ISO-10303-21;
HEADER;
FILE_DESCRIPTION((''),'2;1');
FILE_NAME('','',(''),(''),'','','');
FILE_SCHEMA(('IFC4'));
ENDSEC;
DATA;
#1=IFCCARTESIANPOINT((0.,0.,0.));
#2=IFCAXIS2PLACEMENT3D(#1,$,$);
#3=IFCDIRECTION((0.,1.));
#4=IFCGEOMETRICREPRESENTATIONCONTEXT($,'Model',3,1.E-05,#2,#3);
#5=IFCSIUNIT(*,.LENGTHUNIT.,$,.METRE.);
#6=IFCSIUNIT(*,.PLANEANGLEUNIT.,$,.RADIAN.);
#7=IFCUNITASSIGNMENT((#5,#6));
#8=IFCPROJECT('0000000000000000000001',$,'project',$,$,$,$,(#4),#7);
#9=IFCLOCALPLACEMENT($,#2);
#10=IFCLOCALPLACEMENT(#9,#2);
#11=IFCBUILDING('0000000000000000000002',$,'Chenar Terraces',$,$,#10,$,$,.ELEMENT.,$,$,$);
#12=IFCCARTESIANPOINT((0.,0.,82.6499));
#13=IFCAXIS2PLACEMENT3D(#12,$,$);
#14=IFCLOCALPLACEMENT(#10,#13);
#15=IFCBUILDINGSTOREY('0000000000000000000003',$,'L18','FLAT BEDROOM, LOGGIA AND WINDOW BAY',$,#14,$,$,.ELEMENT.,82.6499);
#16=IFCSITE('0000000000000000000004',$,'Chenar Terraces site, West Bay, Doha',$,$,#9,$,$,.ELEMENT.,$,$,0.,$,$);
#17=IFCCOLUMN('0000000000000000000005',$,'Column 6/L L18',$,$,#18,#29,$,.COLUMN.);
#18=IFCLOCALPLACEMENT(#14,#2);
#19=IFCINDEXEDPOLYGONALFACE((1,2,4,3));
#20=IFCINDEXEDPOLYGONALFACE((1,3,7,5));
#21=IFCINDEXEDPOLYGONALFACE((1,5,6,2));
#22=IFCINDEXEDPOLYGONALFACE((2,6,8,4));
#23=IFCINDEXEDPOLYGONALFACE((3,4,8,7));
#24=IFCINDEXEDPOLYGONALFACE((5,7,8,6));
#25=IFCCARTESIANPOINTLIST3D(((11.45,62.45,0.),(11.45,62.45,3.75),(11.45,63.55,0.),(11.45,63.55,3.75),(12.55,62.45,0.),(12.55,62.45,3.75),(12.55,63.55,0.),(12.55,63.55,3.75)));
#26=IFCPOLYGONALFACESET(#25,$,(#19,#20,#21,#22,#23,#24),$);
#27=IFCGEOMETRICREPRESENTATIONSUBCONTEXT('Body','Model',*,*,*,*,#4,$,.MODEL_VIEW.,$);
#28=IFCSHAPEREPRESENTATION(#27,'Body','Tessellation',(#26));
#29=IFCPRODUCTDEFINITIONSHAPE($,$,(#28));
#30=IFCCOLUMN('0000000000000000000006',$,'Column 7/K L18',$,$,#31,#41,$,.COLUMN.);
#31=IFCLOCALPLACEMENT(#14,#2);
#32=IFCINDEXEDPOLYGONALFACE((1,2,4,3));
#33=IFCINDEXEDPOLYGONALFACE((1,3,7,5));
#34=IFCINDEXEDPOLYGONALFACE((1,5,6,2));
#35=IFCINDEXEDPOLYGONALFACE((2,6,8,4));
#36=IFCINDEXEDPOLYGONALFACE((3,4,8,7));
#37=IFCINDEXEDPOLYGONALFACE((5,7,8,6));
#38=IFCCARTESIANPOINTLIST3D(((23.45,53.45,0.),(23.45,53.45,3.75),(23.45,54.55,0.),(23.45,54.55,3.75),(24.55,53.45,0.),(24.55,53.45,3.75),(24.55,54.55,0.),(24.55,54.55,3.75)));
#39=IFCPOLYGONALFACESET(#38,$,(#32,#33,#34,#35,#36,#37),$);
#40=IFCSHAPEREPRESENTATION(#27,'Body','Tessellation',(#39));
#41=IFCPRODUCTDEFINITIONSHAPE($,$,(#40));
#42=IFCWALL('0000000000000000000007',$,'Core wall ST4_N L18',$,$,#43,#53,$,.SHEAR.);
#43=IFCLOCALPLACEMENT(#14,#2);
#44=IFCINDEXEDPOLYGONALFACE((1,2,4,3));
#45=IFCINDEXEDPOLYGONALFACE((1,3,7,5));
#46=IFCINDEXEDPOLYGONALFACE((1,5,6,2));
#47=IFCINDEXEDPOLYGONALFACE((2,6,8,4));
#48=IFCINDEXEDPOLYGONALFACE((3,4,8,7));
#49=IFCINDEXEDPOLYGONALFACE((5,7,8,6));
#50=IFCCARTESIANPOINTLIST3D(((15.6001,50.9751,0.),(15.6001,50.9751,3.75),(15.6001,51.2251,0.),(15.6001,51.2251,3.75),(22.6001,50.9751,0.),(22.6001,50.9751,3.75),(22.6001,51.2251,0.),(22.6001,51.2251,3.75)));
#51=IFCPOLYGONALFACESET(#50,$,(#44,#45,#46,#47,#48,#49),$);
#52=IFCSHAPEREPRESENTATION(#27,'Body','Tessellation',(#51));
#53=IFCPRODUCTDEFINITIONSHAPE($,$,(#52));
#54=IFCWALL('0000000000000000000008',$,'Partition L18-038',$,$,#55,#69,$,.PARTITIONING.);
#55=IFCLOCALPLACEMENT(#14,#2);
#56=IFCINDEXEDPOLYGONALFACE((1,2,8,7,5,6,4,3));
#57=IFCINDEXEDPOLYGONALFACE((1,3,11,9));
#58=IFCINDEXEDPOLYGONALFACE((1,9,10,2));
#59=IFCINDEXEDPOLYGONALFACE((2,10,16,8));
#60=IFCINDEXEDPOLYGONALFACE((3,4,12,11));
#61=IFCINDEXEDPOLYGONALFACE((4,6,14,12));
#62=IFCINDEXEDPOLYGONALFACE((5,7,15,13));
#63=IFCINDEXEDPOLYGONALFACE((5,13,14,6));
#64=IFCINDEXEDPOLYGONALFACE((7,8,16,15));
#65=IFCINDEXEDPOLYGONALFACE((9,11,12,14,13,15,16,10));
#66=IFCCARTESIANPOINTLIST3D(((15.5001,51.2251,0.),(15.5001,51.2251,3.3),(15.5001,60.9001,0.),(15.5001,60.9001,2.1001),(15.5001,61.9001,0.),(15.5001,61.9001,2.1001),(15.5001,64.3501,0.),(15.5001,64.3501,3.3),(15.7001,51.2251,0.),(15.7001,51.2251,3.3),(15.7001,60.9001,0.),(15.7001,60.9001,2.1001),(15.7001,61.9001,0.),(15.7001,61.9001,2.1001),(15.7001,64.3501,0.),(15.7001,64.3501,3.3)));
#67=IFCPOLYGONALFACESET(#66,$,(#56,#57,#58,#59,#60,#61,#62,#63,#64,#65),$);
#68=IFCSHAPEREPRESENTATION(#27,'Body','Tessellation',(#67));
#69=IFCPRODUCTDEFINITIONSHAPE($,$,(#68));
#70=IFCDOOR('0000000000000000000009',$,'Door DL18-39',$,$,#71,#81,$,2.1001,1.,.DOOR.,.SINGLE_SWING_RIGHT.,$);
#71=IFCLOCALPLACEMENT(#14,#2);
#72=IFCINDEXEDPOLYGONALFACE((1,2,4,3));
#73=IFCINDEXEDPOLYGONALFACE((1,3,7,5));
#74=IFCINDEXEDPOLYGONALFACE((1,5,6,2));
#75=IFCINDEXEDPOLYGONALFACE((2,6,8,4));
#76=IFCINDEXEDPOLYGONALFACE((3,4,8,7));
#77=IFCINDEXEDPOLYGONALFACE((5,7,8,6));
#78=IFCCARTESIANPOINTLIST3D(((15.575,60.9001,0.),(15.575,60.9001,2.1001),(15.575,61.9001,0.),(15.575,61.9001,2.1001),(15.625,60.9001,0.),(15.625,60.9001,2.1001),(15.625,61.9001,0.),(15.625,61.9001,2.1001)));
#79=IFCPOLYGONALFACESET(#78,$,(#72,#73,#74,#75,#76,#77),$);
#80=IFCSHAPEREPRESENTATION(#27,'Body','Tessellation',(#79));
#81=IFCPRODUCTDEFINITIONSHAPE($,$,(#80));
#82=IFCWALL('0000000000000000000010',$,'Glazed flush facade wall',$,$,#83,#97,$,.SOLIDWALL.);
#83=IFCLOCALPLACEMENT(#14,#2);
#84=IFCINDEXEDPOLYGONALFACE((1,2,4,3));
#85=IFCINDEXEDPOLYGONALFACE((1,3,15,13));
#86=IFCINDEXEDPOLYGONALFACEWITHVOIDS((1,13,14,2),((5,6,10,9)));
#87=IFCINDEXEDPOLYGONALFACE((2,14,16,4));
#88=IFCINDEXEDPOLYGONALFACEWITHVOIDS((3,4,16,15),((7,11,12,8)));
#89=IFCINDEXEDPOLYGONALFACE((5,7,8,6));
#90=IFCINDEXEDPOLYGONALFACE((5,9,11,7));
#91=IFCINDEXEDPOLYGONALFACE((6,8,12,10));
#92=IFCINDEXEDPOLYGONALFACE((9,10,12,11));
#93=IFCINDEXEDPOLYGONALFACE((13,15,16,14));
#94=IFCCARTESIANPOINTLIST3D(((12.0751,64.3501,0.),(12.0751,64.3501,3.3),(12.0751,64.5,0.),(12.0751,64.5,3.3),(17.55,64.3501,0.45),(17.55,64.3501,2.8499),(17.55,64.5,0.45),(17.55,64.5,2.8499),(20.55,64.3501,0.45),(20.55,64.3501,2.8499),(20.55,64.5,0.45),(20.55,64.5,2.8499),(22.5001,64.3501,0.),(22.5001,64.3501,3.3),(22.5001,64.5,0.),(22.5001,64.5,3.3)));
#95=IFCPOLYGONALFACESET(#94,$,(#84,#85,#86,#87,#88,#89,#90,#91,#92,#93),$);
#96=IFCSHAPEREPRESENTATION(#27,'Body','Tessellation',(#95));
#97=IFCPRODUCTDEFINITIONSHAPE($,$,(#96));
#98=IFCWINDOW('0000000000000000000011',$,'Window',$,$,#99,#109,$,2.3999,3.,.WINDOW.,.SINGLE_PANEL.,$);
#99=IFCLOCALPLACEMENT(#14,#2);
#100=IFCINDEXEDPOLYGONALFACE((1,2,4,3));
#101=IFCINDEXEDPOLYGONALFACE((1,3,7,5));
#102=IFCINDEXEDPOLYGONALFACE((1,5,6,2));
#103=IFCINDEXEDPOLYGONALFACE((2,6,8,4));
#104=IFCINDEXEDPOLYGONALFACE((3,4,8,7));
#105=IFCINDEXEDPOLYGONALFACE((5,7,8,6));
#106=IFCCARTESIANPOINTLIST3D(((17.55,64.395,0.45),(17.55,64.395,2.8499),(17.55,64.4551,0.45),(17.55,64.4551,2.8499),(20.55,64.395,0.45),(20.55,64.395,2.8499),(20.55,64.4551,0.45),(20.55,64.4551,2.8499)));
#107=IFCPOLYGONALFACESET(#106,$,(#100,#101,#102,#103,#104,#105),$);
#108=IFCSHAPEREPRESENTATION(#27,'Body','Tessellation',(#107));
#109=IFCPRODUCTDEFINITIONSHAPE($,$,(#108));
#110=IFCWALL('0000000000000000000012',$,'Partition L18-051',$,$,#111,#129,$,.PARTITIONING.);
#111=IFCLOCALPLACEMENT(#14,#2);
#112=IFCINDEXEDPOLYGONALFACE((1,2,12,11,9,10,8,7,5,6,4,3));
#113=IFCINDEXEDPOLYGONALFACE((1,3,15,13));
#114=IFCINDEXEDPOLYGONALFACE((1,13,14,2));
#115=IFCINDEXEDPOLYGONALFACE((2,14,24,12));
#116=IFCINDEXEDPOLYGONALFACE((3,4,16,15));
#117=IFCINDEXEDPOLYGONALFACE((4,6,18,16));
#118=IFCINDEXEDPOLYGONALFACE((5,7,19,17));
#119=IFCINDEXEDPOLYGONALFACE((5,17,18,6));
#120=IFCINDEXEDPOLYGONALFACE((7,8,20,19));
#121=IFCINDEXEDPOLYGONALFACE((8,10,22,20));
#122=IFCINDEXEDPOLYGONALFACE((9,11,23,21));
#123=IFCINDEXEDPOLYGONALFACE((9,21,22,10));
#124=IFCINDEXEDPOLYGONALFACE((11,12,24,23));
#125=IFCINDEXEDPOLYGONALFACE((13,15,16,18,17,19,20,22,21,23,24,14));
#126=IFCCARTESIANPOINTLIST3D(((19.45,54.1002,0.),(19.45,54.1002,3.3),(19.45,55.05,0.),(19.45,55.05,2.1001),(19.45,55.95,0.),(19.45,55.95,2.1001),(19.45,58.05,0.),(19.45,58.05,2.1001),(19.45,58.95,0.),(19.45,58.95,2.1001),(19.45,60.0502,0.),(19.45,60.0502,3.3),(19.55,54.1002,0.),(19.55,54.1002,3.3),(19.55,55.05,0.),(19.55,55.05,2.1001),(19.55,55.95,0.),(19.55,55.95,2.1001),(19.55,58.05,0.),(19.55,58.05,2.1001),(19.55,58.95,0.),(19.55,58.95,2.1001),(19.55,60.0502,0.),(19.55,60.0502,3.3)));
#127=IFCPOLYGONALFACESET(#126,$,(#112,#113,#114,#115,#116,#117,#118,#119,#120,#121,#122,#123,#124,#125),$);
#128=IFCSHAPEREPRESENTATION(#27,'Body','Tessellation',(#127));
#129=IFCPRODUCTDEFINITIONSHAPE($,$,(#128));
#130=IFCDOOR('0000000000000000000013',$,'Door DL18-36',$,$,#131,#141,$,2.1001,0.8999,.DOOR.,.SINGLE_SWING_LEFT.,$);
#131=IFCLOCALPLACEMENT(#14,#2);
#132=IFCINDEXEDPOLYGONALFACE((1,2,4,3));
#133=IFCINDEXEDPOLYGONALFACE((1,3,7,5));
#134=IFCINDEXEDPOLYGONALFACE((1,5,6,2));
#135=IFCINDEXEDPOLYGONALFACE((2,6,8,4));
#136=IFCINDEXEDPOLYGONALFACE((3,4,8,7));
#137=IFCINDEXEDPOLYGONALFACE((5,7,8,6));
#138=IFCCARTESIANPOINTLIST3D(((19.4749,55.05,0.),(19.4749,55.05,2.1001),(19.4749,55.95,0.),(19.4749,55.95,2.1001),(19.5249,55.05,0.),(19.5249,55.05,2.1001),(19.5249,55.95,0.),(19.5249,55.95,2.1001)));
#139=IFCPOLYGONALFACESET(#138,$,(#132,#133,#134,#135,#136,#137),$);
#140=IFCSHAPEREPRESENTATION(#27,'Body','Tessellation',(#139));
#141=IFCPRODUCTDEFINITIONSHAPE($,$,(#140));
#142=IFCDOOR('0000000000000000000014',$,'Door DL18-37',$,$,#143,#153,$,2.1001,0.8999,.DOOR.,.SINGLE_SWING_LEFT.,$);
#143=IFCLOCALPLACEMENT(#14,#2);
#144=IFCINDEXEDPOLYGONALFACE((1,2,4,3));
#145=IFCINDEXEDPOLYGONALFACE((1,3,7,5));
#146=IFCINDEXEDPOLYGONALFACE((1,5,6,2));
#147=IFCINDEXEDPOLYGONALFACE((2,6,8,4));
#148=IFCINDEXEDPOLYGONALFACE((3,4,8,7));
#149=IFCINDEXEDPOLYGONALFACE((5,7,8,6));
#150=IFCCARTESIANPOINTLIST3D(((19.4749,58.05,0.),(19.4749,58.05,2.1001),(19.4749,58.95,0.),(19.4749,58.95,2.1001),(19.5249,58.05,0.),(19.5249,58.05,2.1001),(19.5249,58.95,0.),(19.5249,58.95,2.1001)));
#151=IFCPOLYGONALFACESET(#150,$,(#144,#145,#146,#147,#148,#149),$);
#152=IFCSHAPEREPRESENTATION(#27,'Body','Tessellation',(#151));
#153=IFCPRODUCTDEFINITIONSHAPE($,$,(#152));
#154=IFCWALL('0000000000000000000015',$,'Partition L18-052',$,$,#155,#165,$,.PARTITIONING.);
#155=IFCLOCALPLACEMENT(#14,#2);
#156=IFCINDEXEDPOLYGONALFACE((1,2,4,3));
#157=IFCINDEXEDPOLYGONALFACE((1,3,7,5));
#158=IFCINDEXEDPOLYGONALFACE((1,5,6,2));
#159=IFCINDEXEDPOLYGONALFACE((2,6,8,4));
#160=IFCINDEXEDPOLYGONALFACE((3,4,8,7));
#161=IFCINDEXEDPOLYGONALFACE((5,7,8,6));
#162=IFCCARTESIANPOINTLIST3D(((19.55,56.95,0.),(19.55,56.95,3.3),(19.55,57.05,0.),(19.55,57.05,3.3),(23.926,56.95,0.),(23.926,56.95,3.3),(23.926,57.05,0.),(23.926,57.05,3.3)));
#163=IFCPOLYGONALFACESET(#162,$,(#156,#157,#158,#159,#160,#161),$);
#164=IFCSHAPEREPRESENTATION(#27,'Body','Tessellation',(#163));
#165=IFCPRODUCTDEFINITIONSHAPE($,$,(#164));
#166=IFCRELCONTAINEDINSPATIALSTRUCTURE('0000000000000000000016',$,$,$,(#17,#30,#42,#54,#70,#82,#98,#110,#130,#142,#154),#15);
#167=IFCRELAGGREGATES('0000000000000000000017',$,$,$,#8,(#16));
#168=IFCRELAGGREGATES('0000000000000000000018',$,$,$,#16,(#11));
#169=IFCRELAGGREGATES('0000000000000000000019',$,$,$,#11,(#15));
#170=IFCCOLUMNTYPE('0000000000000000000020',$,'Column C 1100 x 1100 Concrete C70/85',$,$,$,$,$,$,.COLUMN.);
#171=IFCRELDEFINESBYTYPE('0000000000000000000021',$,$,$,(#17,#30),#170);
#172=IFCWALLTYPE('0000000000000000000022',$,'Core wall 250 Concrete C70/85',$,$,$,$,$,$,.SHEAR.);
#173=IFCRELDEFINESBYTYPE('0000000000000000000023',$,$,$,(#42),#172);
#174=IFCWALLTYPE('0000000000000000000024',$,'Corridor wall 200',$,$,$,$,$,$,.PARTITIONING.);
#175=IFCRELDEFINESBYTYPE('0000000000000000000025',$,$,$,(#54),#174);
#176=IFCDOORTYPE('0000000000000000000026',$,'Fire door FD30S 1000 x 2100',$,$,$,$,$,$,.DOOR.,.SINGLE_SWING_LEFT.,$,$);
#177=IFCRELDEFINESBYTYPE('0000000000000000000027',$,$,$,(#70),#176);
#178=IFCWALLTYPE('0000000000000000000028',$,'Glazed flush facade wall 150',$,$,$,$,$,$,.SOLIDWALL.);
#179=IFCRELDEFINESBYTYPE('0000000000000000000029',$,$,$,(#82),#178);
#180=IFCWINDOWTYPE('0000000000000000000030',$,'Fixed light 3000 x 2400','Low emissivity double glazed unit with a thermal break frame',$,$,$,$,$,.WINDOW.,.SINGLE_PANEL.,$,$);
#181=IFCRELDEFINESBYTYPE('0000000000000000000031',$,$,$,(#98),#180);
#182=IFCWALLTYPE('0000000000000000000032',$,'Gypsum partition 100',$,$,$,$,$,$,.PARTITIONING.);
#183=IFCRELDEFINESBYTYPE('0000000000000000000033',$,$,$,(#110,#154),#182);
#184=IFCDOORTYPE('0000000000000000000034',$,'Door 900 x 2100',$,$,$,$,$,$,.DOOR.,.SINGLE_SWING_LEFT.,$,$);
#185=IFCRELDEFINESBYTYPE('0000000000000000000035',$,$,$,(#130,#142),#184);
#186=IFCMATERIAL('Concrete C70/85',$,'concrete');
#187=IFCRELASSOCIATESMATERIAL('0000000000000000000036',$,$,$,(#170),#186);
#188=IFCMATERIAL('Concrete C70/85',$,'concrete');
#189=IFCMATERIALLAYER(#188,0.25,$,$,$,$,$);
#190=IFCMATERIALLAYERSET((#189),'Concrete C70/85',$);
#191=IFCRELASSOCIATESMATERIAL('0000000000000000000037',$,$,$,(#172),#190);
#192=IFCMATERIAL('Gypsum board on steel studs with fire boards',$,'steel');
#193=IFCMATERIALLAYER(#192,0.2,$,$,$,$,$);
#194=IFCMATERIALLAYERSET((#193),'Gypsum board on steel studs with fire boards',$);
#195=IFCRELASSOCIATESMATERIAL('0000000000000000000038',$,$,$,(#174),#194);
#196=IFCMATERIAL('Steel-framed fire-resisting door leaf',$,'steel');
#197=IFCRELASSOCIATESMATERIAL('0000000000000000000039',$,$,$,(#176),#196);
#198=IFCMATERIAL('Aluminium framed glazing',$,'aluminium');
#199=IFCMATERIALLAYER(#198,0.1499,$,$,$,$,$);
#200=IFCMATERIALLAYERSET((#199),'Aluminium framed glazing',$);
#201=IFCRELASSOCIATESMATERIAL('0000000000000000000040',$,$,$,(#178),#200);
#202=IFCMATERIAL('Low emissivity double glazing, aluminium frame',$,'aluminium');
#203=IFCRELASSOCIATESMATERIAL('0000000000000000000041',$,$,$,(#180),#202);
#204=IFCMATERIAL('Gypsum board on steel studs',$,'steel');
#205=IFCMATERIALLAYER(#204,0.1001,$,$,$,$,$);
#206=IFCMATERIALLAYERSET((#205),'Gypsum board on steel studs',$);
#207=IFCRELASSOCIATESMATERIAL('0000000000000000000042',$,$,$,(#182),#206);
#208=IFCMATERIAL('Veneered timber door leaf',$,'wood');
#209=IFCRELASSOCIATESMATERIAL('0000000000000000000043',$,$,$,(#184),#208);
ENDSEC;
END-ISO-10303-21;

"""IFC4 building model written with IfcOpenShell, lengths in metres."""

from ifc_helpers import new_model, si_unit, direction, frame, frame_2d, origin, origin_2d, place, context, subcontext, project, spatial, rectangle, extrude, material, layer, layer_set, material_profile, profile_set, type_object, element, fill, save


model = new_model("IFC4")

# Units and contexts
model_context = context("Model", 3, precision=1e-05, world=origin(), true_north=direction((0.0, 1.0)))
body_context = subcontext(model_context, "Body", "Model", "MODEL_VIEW")
ifc_project = project(units=[si_unit("LENGTHUNIT", "METRE"), si_unit("PLANEANGLEUNIT", "RADIAN")], contexts=[model_context])

# Site, building, storey
site_placement = place(None, origin())
site = spatial("IfcSite", under=ifc_project, at=site_placement, Name="Chenar Terraces site, West Bay, Doha", CompositionType="ELEMENT", RefElevation=0.0)
building_placement = place(site_placement, origin())
building = spatial("IfcBuilding", under=site, at=building_placement, Name="Chenar Terraces", CompositionType="ELEMENT")
storey_placement = place(building_placement, frame((0.0, 0.0, 82.6499)))
storey = spatial("IfcBuildingStorey", under=building, at=storey_placement, Name="L18", Description="FLAT BEDROOM, LOGGIA AND WINDOW BAY", CompositionType="ELEMENT", Elevation=82.6499)

# Columns
ifc_material_1 = material(Name="Concrete C70/85", Category="concrete")
ifc_material_profile = material_profile(ifc_material_1, rectangle(XDim=1.1001, YDim=1.1001, at=origin_2d()), Name="C 1100 x 1100")
ifc_profile_set = profile_set([ifc_material_profile], Name="Concrete C70/85")
column_type = type_object("IfcColumnType", Name="Column C 1100 x 1100 Concrete C70/85", PredefinedType="COLUMN", material=ifc_profile_set)
for number, where, z_axis, x_axis, name in (
    (1, (12.0, 63.0, 0.0), (0.0, 0.0, 1.0), (1.0, 0.0, 0.0), "Column 6/L L18"),
    (2, (24.0, 54.0, 0.0), (0.0, 0.0, 1.0), (1.0, 0.0, 0.0), "Column 7/K L18"),
):
    element("IfcColumn", number, at=place(storey_placement, frame(where, z_axis=z_axis, x_axis=x_axis)), inside=storey, type_object=column_type, Name=name, PredefinedType="COLUMN", context=body_context, shape_type="SweptSolid", body=[
        extrude(rectangle(XDim=1.1001, YDim=1.1001, at=origin_2d()), origin(), (0.0, 0.0, 1.0), 3.75),
    ])

# Wall
ifc_material_2 = material(Name="Concrete C70/85", Category="concrete")
ifc_layer_1 = layer(ifc_material_2, 0.25)
ifc_layer_set_1 = layer_set([ifc_layer_1], Name="Concrete C70/85")
wall_type_1 = type_object("IfcWallType", Name="Core wall 250 Concrete C70/85", PredefinedType="SHEAR", material=ifc_layer_set_1)
wall_1_placement = place(storey_placement, frame((15.6001, 51.1001, 0.0), z_axis=(0.0, 0.0, 1.0), x_axis=(1.0, 0.0, 0.0)))
element("IfcWall", 3, at=wall_1_placement, inside=storey, type_object=wall_type_1, Name="Core wall ST4_N L18", PredefinedType="SHEAR", context=body_context, shape_type="SweptSolid", body=[
    extrude(rectangle(XDim=7.0, YDim=0.25, at=frame_2d((3.5, 0.0))), origin(), (0.0, 0.0, 1.0), 3.75),
])

# Wall, opening, door
ifc_material_3 = material(Name="Gypsum board on steel studs with fire boards", Category="steel")
ifc_layer_2 = layer(ifc_material_3, 0.2)
ifc_layer_set_2 = layer_set([ifc_layer_2], Name="Gypsum board on steel studs with fire boards")
wall_type_2 = type_object("IfcWallType", Name="Corridor wall 200", PredefinedType="PARTITIONING", material=ifc_layer_set_2)
wall_2_placement = place(storey_placement, frame((15.6001, 51.2251, 0.0), z_axis=(0.0, 0.0, 1.0), x_axis=(0.0, 1.0, 0.0)))
wall_2 = element("IfcWall", 4, at=wall_2_placement, inside=storey, type_object=wall_type_2, Name="Partition L18-038", PredefinedType="PARTITIONING", context=body_context, shape_type="SweptSolid", body=[
    extrude(rectangle(XDim=13.125, YDim=0.2, at=frame_2d((6.5625, 0.0))), origin(), (0.0, 0.0, 1.0), 3.3),
])
opening_1_placement = place(wall_2_placement, frame((9.675, 0.0, 0.0)))
opening_1 = element("IfcOpeningElement", 5, at=opening_1_placement, cuts=wall_2, PredefinedType="OPENING", context=body_context, shape_type="SweptSolid", body=[
    extrude(rectangle(XDim=1.0, YDim=2.1001, at=frame_2d((0.5, 1.05))), frame((0.0, 0.1099, 0.0), z_axis=(0.0, -1.0, 0.0), x_axis=(1.0, 0.0, 0.0)), (0.0, 0.0, 1.0), 0.22),
])
ifc_material_4 = material(Name="Steel-framed fire-resisting door leaf", Category="steel")
door_type_1 = type_object("IfcDoorType", Name="Fire door FD30S 1000 x 2100", OperationType="SINGLE_SWING_LEFT", PredefinedType="DOOR", material=ifc_material_4)
door_1_placement = place(opening_1_placement, frame((1.0, 0.0, 0.0), z_axis=(0.0, 0.0, 1.0), x_axis=(-1.0, 0.0, 0.0)))
door_1 = element("IfcDoor", 6, at=door_1_placement, inside=storey, type_object=door_type_1, Name="Door DL18-39", OperationType="SINGLE_SWING_RIGHT", OverallHeight=2.1001, OverallWidth=1.0, PredefinedType="DOOR", context=body_context, shape_type="SweptSolid", body=[
    extrude(rectangle(XDim=1.0, YDim=2.1001, at=frame_2d((0.5, 1.05))), frame((0.0, 0.0249, 0.0), z_axis=(0.0, -1.0, 0.0), x_axis=(1.0, 0.0, 0.0)), (0.0, 0.0, 1.0), 0.05),
])
fill(opening_1, door_1)

# Wall, opening, window
ifc_material_5 = material(Name="Aluminium framed glazing", Category="aluminium")
ifc_layer_3 = layer(ifc_material_5, 0.1499)
ifc_layer_set_3 = layer_set([ifc_layer_3], Name="Aluminium framed glazing")
wall_type_3 = type_object("IfcWallType", Name="Glazed flush facade wall 150", PredefinedType="SOLIDWALL", material=ifc_layer_set_3)
wall_3_placement = place(storey_placement, frame((22.5, 64.425, 0.0), z_axis=(0.0, 0.0, 1.0), x_axis=(-1.0, 0.0, 0.0)))
wall_3 = element("IfcWall", 7, at=wall_3_placement, inside=storey, type_object=wall_type_3, Name="Glazed flush facade wall", PredefinedType="SOLIDWALL", context=body_context, shape_type="SweptSolid", body=[
    extrude(rectangle(XDim=10.425, YDim=0.1499, at=frame_2d((5.2124, 0.0))), origin(), (0.0, 0.0, 1.0), 3.3),
])
opening_2_placement = place(wall_3_placement, frame((1.95, 0.0, 0.45)))
opening_2 = element("IfcOpeningElement", 8, at=opening_2_placement, cuts=wall_3, PredefinedType="OPENING", context=body_context, shape_type="SweptSolid", body=[
    extrude(rectangle(XDim=3.0, YDim=2.3999, at=frame_2d((1.5, 1.2))), frame((0.0, 0.085, 0.0), z_axis=(0.0, -1.0, 0.0), x_axis=(1.0, 0.0, 0.0)), (0.0, 0.0, 1.0), 0.1699),
])
ifc_material_6 = material(Name="Low emissivity double glazing, aluminium frame", Category="aluminium")
window_type = type_object("IfcWindowType", Name="Fixed light 3000 x 2400", Description="Low emissivity double glazed unit with a thermal break frame", PartitioningType="SINGLE_PANEL", PredefinedType="WINDOW", material=ifc_material_6)
window_placement = place(opening_2_placement, origin())
window = element("IfcWindow", 9, at=window_placement, inside=storey, type_object=window_type, Name="Window", OverallHeight=2.3999, OverallWidth=3.0, PartitioningType="SINGLE_PANEL", PredefinedType="WINDOW", context=body_context, shape_type="SweptSolid", body=[
    extrude(rectangle(XDim=3.0, YDim=2.3999, at=frame_2d((1.5, 1.2))), frame((0.0, 0.03, 0.0), z_axis=(0.0, -1.0, 0.0), x_axis=(1.0, 0.0, 0.0)), (0.0, 0.0, 1.0), 0.0601),
])
fill(opening_2, window)

# Wall, openings, doors
ifc_material_7 = material(Name="Gypsum board on steel studs", Category="steel")
ifc_layer_4 = layer(ifc_material_7, 0.1001)
ifc_layer_set_4 = layer_set([ifc_layer_4], Name="Gypsum board on steel studs")
wall_type_4 = type_object("IfcWallType", Name="Gypsum partition 100", PredefinedType="PARTITIONING", material=ifc_layer_set_4)
wall_4_placement = place(storey_placement, frame((19.5, 54.1001, 0.0), z_axis=(0.0, 0.0, 1.0), x_axis=(0.0, 1.0, 0.0)))
wall_4 = element("IfcWall", 10, at=wall_4_placement, inside=storey, type_object=wall_type_4, Name="Partition L18-051", PredefinedType="PARTITIONING", context=body_context, shape_type="SweptSolid", body=[
    extrude(rectangle(XDim=5.95, YDim=0.1001, at=frame_2d((2.9751, 0.0))), origin(), (0.0, 0.0, 1.0), 3.3),
])
opening_3_placement = place(wall_4_placement, frame((0.95, 0.0, 0.0)))
opening_3 = element("IfcOpeningElement", 11, at=opening_3_placement, cuts=wall_4, PredefinedType="OPENING", context=body_context, shape_type="SweptSolid", body=[
    extrude(rectangle(XDim=0.8999, YDim=2.1001, at=frame_2d((0.45, 1.05))), frame((0.0, 0.0601, 0.0), z_axis=(0.0, -1.0, 0.0), x_axis=(1.0, 0.0, 0.0)), (0.0, 0.0, 1.0), 0.1201),
])
opening_4_placement = place(wall_4_placement, frame((3.95, 0.0, 0.0)))
opening_4 = element("IfcOpeningElement", 12, at=opening_4_placement, cuts=wall_4, PredefinedType="OPENING", context=body_context, shape_type="SweptSolid", body=[
    extrude(rectangle(XDim=0.8999, YDim=2.1001, at=frame_2d((0.45, 1.05))), frame((0.0, 0.0601, 0.0), z_axis=(0.0, -1.0, 0.0), x_axis=(1.0, 0.0, 0.0)), (0.0, 0.0, 1.0), 0.1201),
])
ifc_material_8 = material(Name="Veneered timber door leaf", Category="wood")
door_type_2 = type_object("IfcDoorType", Name="Door 900 x 2100", OperationType="SINGLE_SWING_LEFT", PredefinedType="DOOR", material=ifc_material_8)
door_2_placement = place(opening_3_placement, frame((0.8999, 0.0, 0.0), z_axis=(0.0, 0.0, 1.0), x_axis=(-1.0, 0.0, 0.0)))
door_2 = element("IfcDoor", 13, at=door_2_placement, inside=storey, type_object=door_type_2, Name="Door DL18-36", OperationType="SINGLE_SWING_LEFT", OverallHeight=2.1001, OverallWidth=0.8999, PredefinedType="DOOR", context=body_context, shape_type="SweptSolid", body=[
    extrude(rectangle(XDim=0.8999, YDim=2.1001, at=frame_2d((0.45, 1.05))), frame((0.0, 0.0249, 0.0), z_axis=(0.0, -1.0, 0.0), x_axis=(1.0, 0.0, 0.0)), (0.0, 0.0, 1.0), 0.05),
])
fill(opening_3, door_2)
door_3_placement = place(opening_4_placement, frame((0.8999, 0.0, 0.0), z_axis=(0.0, 0.0, 1.0), x_axis=(-1.0, 0.0, 0.0)))
door_3 = element("IfcDoor", 14, at=door_3_placement, inside=storey, type_object=door_type_2, Name="Door DL18-37", OperationType="SINGLE_SWING_LEFT", OverallHeight=2.1001, OverallWidth=0.8999, PredefinedType="DOOR", context=body_context, shape_type="SweptSolid", body=[
    extrude(rectangle(XDim=0.8999, YDim=2.1001, at=frame_2d((0.45, 1.05))), frame((0.0, 0.0249, 0.0), z_axis=(0.0, -1.0, 0.0), x_axis=(1.0, 0.0, 0.0)), (0.0, 0.0, 1.0), 0.05),
])
fill(opening_4, door_3)

# Wall
for number, where, z_axis, x_axis, name in (
    (15, (19.55, 57.0, 0.0), (0.0, 0.0, 1.0), (1.0, 0.0, 0.0), "Partition L18-052"),
):
    element("IfcWall", number, at=place(storey_placement, frame(where, z_axis=z_axis, x_axis=x_axis)), inside=storey, type_object=wall_type_4, Name=name, PredefinedType="PARTITIONING", context=body_context, shape_type="SweptSolid", body=[
        extrude(rectangle(XDim=4.376, YDim=0.1001, at=frame_2d((2.188, 0.0))), origin(), (0.0, 0.0, 1.0), 3.3),
    ])

save(model, "model.ifc")
